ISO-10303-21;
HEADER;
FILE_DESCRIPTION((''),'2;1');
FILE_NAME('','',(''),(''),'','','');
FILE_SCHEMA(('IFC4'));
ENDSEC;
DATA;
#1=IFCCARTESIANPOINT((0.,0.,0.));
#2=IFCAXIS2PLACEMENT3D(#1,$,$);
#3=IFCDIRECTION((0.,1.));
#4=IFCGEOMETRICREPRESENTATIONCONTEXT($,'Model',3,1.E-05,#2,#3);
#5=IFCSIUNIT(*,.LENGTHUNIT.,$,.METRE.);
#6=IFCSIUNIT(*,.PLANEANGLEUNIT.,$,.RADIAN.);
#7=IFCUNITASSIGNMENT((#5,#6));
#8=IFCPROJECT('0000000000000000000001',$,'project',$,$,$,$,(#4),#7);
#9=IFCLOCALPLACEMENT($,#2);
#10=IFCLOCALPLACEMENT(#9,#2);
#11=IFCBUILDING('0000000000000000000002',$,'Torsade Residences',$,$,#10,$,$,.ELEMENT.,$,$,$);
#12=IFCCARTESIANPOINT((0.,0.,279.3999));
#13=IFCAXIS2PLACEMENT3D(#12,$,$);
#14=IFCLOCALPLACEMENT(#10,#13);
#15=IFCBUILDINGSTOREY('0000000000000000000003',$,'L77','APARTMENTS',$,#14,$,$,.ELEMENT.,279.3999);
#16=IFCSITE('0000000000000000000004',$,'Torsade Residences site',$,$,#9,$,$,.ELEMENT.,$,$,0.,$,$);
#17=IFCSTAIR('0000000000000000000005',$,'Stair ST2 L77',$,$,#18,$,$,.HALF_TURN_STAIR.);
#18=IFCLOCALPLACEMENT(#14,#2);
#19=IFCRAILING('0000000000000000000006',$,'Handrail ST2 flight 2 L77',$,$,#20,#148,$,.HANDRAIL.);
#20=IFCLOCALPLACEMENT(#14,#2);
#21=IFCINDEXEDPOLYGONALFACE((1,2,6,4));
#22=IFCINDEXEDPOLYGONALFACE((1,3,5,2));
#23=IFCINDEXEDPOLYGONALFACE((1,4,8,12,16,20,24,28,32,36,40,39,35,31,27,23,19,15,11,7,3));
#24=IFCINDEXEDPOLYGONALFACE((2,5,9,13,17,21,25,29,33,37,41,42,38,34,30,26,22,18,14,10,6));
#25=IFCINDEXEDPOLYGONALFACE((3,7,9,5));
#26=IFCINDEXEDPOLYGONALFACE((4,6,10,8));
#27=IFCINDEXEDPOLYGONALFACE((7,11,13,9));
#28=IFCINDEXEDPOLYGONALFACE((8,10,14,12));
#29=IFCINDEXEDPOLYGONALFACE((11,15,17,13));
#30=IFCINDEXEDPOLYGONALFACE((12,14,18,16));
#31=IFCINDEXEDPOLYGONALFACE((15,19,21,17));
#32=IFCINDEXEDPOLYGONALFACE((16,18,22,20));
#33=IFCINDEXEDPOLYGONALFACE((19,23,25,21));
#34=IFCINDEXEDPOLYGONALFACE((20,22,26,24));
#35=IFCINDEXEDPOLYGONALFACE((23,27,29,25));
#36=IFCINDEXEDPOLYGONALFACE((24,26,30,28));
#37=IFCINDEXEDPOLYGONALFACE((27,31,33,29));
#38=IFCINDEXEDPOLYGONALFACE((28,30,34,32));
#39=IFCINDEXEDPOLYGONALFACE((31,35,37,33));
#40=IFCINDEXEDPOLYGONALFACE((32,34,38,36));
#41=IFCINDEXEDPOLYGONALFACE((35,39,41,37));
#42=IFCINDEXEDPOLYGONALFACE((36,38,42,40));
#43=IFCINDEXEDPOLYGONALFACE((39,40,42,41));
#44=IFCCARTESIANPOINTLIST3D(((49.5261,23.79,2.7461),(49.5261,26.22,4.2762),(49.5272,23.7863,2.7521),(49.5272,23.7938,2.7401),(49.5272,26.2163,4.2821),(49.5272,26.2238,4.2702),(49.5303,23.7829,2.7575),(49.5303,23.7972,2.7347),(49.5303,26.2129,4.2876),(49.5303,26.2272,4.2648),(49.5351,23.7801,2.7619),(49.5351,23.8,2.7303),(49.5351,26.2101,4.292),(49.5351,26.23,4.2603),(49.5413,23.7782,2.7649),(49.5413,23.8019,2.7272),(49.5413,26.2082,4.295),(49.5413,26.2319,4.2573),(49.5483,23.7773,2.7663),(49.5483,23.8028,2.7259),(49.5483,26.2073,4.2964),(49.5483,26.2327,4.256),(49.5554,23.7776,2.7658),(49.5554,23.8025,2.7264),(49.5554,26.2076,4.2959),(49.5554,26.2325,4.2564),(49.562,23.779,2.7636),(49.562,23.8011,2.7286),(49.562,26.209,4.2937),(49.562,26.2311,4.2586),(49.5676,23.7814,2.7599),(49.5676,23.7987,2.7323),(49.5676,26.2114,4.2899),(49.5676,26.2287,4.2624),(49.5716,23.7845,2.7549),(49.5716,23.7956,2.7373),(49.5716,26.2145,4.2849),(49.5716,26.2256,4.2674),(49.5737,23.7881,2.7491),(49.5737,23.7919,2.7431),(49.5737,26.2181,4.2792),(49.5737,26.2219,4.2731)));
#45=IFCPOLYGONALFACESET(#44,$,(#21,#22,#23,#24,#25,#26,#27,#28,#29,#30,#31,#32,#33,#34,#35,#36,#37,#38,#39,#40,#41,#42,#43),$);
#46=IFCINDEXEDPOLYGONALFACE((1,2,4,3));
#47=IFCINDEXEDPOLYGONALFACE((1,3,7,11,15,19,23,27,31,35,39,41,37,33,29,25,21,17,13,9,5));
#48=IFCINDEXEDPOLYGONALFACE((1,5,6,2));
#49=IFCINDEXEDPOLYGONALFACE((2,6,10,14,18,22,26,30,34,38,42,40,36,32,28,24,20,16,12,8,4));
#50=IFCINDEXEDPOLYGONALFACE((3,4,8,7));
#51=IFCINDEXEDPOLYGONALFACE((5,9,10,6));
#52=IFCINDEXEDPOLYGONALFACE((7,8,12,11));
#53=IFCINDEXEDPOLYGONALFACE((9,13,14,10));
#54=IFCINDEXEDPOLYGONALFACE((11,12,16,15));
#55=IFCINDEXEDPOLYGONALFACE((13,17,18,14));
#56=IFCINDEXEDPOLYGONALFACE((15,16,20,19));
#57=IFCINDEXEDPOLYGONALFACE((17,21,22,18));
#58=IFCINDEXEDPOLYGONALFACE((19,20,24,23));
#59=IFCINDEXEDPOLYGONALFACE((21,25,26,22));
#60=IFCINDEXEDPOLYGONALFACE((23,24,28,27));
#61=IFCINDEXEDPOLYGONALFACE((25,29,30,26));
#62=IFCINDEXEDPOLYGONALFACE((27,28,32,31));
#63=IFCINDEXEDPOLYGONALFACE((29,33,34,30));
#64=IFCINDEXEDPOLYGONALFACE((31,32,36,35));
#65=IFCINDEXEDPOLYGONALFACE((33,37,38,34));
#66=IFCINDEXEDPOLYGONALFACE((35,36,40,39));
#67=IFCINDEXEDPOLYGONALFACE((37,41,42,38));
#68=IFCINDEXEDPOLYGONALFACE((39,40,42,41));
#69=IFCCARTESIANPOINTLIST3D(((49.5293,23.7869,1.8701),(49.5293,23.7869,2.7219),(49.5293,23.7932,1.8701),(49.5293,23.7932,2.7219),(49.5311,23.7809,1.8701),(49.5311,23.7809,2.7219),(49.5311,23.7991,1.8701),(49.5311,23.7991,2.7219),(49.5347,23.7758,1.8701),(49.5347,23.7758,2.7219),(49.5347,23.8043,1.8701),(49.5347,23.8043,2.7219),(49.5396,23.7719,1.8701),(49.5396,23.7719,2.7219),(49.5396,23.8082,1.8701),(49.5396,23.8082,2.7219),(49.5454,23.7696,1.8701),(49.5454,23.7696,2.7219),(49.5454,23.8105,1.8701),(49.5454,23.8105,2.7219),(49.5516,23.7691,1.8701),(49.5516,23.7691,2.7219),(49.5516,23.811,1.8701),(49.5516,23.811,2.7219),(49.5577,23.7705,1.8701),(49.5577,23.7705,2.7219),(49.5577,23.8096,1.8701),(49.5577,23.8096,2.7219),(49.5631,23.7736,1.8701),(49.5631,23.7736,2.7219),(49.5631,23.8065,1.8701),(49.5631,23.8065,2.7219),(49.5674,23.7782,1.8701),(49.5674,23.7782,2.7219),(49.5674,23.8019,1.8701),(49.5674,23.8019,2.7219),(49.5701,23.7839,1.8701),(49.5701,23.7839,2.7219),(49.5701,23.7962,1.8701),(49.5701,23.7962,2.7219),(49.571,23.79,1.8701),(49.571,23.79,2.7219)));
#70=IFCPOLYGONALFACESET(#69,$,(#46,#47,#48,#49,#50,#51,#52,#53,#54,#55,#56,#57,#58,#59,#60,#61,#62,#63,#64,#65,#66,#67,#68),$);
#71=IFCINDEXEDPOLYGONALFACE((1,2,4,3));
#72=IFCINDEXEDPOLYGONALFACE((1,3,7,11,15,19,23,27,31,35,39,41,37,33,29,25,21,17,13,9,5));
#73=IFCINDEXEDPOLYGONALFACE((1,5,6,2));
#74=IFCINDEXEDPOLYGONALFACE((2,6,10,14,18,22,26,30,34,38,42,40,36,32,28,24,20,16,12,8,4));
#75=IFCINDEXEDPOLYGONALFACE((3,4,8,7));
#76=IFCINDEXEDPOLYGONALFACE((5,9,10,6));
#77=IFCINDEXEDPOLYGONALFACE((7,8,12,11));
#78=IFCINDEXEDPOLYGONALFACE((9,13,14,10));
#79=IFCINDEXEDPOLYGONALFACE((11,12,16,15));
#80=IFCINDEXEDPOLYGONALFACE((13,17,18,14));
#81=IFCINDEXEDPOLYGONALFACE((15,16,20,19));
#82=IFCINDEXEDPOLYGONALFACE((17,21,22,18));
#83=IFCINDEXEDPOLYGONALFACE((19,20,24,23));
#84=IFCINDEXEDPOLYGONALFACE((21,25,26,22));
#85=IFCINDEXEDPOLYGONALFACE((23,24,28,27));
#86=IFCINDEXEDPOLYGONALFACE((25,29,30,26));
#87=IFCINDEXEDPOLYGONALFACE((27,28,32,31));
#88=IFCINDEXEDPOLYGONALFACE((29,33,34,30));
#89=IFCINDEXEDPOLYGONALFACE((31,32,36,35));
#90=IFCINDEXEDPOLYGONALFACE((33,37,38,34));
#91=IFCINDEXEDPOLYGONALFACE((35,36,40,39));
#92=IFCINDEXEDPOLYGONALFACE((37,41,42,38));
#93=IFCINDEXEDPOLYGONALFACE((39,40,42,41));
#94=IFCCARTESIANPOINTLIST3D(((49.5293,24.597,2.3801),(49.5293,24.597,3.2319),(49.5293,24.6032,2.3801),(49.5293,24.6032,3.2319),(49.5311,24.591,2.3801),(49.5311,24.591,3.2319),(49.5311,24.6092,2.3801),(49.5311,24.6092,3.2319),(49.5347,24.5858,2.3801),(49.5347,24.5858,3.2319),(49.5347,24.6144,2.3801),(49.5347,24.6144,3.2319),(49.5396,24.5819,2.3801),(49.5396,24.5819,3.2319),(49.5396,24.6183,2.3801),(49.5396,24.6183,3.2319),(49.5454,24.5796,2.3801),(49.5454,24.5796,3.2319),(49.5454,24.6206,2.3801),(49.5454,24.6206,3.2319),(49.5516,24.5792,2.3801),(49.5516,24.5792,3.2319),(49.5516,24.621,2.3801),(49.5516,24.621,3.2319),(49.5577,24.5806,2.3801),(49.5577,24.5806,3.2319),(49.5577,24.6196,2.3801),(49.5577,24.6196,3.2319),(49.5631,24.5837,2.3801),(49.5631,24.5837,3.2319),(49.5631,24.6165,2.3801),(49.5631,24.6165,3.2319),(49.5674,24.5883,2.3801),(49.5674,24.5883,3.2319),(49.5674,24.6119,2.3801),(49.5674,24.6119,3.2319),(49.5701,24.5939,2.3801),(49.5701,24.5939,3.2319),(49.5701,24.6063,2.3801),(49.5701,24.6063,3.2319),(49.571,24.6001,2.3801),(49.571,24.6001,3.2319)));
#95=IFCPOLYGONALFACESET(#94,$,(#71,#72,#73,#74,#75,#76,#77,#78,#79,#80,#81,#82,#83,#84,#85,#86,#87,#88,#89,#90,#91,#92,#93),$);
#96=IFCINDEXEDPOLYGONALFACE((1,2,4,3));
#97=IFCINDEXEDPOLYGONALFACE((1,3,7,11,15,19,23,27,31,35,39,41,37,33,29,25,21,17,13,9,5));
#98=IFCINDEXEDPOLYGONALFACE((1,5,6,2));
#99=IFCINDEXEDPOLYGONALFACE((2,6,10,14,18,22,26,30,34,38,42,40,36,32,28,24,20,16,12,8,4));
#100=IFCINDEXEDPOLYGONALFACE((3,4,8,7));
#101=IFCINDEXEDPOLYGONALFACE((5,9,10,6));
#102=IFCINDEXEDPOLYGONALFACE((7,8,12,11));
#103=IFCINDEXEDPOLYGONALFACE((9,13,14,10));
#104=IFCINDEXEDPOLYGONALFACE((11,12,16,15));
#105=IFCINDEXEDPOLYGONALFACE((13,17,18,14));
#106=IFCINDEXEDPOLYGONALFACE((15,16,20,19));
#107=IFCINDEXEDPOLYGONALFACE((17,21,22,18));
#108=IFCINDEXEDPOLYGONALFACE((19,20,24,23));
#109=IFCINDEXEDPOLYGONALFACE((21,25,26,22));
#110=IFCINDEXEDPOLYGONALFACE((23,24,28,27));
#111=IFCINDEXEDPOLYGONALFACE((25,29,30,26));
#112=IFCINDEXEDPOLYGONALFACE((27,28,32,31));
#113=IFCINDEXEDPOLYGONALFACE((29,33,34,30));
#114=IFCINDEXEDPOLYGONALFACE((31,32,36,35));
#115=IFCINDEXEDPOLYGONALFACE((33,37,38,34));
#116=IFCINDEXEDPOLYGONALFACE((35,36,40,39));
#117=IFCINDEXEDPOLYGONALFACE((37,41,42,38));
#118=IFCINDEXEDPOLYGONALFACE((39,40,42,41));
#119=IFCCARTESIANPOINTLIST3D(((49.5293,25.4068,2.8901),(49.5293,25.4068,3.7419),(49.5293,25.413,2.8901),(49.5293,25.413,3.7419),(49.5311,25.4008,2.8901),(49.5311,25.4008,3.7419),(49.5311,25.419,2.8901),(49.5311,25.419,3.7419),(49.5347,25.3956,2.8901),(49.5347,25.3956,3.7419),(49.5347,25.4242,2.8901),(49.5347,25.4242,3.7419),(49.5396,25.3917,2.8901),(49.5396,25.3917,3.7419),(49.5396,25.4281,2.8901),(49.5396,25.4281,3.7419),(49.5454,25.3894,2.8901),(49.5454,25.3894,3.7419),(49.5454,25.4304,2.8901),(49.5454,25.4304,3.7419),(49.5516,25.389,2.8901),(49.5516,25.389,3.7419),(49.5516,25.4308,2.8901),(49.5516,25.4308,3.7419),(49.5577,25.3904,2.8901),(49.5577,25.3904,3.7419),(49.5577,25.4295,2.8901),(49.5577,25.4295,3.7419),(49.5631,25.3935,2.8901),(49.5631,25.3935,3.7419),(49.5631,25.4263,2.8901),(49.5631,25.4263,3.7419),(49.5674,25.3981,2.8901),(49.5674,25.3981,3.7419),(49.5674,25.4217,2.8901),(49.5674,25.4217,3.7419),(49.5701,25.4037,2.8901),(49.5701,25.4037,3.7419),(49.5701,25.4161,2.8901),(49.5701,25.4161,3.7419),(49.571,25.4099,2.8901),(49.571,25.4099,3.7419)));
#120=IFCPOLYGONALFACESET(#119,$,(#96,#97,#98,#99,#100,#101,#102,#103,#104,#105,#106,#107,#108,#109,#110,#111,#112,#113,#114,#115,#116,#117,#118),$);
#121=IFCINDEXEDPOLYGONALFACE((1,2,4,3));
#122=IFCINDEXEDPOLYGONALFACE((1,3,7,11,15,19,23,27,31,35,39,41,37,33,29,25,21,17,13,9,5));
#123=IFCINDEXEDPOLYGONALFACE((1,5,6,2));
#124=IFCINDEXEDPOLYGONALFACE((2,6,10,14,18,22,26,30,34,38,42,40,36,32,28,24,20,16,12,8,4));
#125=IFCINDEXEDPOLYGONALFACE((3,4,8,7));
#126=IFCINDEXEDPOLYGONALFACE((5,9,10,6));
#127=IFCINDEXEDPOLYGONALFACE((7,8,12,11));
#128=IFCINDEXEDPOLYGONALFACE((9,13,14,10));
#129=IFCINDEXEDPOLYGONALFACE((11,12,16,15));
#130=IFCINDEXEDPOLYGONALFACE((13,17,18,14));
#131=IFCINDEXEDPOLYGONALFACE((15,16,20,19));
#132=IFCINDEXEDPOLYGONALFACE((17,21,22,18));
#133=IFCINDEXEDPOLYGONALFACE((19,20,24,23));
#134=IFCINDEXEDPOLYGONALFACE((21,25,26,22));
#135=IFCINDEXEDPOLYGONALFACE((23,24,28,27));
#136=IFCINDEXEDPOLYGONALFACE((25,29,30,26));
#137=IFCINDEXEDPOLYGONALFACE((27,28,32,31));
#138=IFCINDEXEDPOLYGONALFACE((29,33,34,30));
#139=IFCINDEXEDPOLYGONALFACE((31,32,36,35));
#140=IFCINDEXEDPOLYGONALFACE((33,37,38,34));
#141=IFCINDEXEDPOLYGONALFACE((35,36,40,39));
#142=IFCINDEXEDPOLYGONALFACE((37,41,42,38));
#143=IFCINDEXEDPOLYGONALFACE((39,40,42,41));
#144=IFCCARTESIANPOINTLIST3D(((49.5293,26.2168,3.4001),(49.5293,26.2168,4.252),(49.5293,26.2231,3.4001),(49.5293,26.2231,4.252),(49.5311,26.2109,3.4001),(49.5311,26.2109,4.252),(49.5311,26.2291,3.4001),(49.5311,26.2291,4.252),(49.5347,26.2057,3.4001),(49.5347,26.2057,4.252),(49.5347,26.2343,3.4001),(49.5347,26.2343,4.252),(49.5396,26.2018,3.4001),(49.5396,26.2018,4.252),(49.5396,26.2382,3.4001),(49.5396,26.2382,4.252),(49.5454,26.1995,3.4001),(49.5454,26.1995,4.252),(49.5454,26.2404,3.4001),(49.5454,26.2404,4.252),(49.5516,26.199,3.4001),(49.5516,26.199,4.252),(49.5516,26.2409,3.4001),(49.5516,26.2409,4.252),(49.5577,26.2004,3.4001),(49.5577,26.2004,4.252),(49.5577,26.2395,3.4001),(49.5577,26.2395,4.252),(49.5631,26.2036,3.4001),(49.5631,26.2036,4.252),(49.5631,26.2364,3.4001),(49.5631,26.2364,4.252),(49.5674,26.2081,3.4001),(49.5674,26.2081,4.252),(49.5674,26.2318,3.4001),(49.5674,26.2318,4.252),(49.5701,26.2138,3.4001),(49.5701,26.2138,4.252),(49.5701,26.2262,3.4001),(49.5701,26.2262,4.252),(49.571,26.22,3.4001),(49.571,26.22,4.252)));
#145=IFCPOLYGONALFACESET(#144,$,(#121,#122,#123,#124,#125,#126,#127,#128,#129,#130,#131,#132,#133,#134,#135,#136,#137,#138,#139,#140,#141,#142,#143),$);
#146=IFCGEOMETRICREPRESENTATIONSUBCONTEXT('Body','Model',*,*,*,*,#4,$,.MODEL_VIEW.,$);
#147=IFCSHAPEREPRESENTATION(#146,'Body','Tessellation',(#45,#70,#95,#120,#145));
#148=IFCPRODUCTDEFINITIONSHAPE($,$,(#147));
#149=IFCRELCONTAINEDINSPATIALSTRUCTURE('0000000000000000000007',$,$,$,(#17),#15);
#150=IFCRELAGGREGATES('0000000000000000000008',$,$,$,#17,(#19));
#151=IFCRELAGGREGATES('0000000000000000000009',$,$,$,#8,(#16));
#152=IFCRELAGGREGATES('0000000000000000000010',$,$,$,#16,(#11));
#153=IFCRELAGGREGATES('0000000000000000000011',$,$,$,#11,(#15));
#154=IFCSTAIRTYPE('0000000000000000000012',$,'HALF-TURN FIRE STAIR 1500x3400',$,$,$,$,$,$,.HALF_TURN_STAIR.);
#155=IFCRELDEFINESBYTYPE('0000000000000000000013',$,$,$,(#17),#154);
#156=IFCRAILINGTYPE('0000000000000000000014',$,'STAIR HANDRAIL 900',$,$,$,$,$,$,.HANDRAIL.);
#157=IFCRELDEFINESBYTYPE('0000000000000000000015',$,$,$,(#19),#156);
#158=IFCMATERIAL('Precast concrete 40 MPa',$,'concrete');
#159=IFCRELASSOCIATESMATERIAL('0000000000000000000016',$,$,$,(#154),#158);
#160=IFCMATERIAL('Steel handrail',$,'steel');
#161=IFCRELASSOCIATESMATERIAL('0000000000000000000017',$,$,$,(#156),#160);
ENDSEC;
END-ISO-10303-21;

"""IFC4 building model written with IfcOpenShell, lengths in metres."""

from ifc_helpers import new_model, si_unit, direction, frame, origin, origin_2d, place, context, subcontext, project, spatial, circle, extrude, material, type_object, element, aggregate, save


model = new_model("IFC4")

# Units and contexts
model_context = context("Model", 3, precision=1e-05, world=origin(), true_north=direction((0.0, 1.0)))
body_context = subcontext(model_context, "Body", "Model", "MODEL_VIEW")
ifc_project = project(units=[si_unit("LENGTHUNIT", "METRE"), si_unit("PLANEANGLEUNIT", "RADIAN")], contexts=[model_context])

# Site, building, storey
site_placement = place(None, origin())
site = spatial("IfcSite", under=ifc_project, at=site_placement, Name="Torsade Residences site", CompositionType="ELEMENT", RefElevation=0.0)
building_placement = place(site_placement, origin())
building = spatial("IfcBuilding", under=site, at=building_placement, Name="Torsade Residences", CompositionType="ELEMENT")
storey_placement = place(building_placement, frame((0.0, 0.0, 279.3999)))
storey = spatial("IfcBuildingStorey", under=building, at=storey_placement, Name="L77", Description="APARTMENTS", CompositionType="ELEMENT", Elevation=279.3999)

# Stair, railing
ifc_material_1 = material(Name="Precast concrete 40 MPa", Category="concrete")
stair_type = type_object("IfcStairType", Name="HALF-TURN FIRE STAIR 1500x3400", PredefinedType="HALF_TURN_STAIR", material=ifc_material_1)
stair_placement = place(storey_placement, origin())
stair = element("IfcStair", 1, at=stair_placement, inside=storey, type_object=stair_type, Name="Stair ST2 L77", PredefinedType="HALF_TURN_STAIR")
ifc_material_2 = material(Name="Steel handrail", Category="steel")
railing_type = type_object("IfcRailingType", Name="STAIR HANDRAIL 900", PredefinedType="HANDRAIL", material=ifc_material_2)
railing_1_placement = place(storey_placement, frame((49.55, 23.79, 1.8701)))
railing_1 = element("IfcRailing", 2, at=railing_1_placement, type_object=railing_type, Name="Handrail ST2 flight 2 L77", PredefinedType="HANDRAIL", context=body_context, shape_type="SweptSolid", body=[
    extrude(circle(Radius=0.0239, at=origin_2d()), frame((0.0, 0.0, 0.876), z_axis=(0.0, 0.846221, 0.532831), x_axis=(-1.0, 0.0, 0.0)), (0.0, 0.0, 1.0), 2.8716),
    extrude(circle(Radius=0.021, at=origin_2d()), origin(), (0.0, 0.0, 1.0), 0.8518),
    extrude(circle(Radius=0.021, at=origin_2d()), frame((0.0, 0.8101, 0.51)), (0.0, 0.0, 1.0), 0.8518),
    extrude(circle(Radius=0.021, at=origin_2d()), frame((0.0, 1.6199, 1.02)), (0.0, 0.0, 1.0), 0.8518),
    extrude(circle(Radius=0.021, at=origin_2d()), frame((0.0, 2.4299, 1.53)), (0.0, 0.0, 1.0), 0.8518),
])
aggregate(stair, [railing_1])

save(model, "model.ifc")
